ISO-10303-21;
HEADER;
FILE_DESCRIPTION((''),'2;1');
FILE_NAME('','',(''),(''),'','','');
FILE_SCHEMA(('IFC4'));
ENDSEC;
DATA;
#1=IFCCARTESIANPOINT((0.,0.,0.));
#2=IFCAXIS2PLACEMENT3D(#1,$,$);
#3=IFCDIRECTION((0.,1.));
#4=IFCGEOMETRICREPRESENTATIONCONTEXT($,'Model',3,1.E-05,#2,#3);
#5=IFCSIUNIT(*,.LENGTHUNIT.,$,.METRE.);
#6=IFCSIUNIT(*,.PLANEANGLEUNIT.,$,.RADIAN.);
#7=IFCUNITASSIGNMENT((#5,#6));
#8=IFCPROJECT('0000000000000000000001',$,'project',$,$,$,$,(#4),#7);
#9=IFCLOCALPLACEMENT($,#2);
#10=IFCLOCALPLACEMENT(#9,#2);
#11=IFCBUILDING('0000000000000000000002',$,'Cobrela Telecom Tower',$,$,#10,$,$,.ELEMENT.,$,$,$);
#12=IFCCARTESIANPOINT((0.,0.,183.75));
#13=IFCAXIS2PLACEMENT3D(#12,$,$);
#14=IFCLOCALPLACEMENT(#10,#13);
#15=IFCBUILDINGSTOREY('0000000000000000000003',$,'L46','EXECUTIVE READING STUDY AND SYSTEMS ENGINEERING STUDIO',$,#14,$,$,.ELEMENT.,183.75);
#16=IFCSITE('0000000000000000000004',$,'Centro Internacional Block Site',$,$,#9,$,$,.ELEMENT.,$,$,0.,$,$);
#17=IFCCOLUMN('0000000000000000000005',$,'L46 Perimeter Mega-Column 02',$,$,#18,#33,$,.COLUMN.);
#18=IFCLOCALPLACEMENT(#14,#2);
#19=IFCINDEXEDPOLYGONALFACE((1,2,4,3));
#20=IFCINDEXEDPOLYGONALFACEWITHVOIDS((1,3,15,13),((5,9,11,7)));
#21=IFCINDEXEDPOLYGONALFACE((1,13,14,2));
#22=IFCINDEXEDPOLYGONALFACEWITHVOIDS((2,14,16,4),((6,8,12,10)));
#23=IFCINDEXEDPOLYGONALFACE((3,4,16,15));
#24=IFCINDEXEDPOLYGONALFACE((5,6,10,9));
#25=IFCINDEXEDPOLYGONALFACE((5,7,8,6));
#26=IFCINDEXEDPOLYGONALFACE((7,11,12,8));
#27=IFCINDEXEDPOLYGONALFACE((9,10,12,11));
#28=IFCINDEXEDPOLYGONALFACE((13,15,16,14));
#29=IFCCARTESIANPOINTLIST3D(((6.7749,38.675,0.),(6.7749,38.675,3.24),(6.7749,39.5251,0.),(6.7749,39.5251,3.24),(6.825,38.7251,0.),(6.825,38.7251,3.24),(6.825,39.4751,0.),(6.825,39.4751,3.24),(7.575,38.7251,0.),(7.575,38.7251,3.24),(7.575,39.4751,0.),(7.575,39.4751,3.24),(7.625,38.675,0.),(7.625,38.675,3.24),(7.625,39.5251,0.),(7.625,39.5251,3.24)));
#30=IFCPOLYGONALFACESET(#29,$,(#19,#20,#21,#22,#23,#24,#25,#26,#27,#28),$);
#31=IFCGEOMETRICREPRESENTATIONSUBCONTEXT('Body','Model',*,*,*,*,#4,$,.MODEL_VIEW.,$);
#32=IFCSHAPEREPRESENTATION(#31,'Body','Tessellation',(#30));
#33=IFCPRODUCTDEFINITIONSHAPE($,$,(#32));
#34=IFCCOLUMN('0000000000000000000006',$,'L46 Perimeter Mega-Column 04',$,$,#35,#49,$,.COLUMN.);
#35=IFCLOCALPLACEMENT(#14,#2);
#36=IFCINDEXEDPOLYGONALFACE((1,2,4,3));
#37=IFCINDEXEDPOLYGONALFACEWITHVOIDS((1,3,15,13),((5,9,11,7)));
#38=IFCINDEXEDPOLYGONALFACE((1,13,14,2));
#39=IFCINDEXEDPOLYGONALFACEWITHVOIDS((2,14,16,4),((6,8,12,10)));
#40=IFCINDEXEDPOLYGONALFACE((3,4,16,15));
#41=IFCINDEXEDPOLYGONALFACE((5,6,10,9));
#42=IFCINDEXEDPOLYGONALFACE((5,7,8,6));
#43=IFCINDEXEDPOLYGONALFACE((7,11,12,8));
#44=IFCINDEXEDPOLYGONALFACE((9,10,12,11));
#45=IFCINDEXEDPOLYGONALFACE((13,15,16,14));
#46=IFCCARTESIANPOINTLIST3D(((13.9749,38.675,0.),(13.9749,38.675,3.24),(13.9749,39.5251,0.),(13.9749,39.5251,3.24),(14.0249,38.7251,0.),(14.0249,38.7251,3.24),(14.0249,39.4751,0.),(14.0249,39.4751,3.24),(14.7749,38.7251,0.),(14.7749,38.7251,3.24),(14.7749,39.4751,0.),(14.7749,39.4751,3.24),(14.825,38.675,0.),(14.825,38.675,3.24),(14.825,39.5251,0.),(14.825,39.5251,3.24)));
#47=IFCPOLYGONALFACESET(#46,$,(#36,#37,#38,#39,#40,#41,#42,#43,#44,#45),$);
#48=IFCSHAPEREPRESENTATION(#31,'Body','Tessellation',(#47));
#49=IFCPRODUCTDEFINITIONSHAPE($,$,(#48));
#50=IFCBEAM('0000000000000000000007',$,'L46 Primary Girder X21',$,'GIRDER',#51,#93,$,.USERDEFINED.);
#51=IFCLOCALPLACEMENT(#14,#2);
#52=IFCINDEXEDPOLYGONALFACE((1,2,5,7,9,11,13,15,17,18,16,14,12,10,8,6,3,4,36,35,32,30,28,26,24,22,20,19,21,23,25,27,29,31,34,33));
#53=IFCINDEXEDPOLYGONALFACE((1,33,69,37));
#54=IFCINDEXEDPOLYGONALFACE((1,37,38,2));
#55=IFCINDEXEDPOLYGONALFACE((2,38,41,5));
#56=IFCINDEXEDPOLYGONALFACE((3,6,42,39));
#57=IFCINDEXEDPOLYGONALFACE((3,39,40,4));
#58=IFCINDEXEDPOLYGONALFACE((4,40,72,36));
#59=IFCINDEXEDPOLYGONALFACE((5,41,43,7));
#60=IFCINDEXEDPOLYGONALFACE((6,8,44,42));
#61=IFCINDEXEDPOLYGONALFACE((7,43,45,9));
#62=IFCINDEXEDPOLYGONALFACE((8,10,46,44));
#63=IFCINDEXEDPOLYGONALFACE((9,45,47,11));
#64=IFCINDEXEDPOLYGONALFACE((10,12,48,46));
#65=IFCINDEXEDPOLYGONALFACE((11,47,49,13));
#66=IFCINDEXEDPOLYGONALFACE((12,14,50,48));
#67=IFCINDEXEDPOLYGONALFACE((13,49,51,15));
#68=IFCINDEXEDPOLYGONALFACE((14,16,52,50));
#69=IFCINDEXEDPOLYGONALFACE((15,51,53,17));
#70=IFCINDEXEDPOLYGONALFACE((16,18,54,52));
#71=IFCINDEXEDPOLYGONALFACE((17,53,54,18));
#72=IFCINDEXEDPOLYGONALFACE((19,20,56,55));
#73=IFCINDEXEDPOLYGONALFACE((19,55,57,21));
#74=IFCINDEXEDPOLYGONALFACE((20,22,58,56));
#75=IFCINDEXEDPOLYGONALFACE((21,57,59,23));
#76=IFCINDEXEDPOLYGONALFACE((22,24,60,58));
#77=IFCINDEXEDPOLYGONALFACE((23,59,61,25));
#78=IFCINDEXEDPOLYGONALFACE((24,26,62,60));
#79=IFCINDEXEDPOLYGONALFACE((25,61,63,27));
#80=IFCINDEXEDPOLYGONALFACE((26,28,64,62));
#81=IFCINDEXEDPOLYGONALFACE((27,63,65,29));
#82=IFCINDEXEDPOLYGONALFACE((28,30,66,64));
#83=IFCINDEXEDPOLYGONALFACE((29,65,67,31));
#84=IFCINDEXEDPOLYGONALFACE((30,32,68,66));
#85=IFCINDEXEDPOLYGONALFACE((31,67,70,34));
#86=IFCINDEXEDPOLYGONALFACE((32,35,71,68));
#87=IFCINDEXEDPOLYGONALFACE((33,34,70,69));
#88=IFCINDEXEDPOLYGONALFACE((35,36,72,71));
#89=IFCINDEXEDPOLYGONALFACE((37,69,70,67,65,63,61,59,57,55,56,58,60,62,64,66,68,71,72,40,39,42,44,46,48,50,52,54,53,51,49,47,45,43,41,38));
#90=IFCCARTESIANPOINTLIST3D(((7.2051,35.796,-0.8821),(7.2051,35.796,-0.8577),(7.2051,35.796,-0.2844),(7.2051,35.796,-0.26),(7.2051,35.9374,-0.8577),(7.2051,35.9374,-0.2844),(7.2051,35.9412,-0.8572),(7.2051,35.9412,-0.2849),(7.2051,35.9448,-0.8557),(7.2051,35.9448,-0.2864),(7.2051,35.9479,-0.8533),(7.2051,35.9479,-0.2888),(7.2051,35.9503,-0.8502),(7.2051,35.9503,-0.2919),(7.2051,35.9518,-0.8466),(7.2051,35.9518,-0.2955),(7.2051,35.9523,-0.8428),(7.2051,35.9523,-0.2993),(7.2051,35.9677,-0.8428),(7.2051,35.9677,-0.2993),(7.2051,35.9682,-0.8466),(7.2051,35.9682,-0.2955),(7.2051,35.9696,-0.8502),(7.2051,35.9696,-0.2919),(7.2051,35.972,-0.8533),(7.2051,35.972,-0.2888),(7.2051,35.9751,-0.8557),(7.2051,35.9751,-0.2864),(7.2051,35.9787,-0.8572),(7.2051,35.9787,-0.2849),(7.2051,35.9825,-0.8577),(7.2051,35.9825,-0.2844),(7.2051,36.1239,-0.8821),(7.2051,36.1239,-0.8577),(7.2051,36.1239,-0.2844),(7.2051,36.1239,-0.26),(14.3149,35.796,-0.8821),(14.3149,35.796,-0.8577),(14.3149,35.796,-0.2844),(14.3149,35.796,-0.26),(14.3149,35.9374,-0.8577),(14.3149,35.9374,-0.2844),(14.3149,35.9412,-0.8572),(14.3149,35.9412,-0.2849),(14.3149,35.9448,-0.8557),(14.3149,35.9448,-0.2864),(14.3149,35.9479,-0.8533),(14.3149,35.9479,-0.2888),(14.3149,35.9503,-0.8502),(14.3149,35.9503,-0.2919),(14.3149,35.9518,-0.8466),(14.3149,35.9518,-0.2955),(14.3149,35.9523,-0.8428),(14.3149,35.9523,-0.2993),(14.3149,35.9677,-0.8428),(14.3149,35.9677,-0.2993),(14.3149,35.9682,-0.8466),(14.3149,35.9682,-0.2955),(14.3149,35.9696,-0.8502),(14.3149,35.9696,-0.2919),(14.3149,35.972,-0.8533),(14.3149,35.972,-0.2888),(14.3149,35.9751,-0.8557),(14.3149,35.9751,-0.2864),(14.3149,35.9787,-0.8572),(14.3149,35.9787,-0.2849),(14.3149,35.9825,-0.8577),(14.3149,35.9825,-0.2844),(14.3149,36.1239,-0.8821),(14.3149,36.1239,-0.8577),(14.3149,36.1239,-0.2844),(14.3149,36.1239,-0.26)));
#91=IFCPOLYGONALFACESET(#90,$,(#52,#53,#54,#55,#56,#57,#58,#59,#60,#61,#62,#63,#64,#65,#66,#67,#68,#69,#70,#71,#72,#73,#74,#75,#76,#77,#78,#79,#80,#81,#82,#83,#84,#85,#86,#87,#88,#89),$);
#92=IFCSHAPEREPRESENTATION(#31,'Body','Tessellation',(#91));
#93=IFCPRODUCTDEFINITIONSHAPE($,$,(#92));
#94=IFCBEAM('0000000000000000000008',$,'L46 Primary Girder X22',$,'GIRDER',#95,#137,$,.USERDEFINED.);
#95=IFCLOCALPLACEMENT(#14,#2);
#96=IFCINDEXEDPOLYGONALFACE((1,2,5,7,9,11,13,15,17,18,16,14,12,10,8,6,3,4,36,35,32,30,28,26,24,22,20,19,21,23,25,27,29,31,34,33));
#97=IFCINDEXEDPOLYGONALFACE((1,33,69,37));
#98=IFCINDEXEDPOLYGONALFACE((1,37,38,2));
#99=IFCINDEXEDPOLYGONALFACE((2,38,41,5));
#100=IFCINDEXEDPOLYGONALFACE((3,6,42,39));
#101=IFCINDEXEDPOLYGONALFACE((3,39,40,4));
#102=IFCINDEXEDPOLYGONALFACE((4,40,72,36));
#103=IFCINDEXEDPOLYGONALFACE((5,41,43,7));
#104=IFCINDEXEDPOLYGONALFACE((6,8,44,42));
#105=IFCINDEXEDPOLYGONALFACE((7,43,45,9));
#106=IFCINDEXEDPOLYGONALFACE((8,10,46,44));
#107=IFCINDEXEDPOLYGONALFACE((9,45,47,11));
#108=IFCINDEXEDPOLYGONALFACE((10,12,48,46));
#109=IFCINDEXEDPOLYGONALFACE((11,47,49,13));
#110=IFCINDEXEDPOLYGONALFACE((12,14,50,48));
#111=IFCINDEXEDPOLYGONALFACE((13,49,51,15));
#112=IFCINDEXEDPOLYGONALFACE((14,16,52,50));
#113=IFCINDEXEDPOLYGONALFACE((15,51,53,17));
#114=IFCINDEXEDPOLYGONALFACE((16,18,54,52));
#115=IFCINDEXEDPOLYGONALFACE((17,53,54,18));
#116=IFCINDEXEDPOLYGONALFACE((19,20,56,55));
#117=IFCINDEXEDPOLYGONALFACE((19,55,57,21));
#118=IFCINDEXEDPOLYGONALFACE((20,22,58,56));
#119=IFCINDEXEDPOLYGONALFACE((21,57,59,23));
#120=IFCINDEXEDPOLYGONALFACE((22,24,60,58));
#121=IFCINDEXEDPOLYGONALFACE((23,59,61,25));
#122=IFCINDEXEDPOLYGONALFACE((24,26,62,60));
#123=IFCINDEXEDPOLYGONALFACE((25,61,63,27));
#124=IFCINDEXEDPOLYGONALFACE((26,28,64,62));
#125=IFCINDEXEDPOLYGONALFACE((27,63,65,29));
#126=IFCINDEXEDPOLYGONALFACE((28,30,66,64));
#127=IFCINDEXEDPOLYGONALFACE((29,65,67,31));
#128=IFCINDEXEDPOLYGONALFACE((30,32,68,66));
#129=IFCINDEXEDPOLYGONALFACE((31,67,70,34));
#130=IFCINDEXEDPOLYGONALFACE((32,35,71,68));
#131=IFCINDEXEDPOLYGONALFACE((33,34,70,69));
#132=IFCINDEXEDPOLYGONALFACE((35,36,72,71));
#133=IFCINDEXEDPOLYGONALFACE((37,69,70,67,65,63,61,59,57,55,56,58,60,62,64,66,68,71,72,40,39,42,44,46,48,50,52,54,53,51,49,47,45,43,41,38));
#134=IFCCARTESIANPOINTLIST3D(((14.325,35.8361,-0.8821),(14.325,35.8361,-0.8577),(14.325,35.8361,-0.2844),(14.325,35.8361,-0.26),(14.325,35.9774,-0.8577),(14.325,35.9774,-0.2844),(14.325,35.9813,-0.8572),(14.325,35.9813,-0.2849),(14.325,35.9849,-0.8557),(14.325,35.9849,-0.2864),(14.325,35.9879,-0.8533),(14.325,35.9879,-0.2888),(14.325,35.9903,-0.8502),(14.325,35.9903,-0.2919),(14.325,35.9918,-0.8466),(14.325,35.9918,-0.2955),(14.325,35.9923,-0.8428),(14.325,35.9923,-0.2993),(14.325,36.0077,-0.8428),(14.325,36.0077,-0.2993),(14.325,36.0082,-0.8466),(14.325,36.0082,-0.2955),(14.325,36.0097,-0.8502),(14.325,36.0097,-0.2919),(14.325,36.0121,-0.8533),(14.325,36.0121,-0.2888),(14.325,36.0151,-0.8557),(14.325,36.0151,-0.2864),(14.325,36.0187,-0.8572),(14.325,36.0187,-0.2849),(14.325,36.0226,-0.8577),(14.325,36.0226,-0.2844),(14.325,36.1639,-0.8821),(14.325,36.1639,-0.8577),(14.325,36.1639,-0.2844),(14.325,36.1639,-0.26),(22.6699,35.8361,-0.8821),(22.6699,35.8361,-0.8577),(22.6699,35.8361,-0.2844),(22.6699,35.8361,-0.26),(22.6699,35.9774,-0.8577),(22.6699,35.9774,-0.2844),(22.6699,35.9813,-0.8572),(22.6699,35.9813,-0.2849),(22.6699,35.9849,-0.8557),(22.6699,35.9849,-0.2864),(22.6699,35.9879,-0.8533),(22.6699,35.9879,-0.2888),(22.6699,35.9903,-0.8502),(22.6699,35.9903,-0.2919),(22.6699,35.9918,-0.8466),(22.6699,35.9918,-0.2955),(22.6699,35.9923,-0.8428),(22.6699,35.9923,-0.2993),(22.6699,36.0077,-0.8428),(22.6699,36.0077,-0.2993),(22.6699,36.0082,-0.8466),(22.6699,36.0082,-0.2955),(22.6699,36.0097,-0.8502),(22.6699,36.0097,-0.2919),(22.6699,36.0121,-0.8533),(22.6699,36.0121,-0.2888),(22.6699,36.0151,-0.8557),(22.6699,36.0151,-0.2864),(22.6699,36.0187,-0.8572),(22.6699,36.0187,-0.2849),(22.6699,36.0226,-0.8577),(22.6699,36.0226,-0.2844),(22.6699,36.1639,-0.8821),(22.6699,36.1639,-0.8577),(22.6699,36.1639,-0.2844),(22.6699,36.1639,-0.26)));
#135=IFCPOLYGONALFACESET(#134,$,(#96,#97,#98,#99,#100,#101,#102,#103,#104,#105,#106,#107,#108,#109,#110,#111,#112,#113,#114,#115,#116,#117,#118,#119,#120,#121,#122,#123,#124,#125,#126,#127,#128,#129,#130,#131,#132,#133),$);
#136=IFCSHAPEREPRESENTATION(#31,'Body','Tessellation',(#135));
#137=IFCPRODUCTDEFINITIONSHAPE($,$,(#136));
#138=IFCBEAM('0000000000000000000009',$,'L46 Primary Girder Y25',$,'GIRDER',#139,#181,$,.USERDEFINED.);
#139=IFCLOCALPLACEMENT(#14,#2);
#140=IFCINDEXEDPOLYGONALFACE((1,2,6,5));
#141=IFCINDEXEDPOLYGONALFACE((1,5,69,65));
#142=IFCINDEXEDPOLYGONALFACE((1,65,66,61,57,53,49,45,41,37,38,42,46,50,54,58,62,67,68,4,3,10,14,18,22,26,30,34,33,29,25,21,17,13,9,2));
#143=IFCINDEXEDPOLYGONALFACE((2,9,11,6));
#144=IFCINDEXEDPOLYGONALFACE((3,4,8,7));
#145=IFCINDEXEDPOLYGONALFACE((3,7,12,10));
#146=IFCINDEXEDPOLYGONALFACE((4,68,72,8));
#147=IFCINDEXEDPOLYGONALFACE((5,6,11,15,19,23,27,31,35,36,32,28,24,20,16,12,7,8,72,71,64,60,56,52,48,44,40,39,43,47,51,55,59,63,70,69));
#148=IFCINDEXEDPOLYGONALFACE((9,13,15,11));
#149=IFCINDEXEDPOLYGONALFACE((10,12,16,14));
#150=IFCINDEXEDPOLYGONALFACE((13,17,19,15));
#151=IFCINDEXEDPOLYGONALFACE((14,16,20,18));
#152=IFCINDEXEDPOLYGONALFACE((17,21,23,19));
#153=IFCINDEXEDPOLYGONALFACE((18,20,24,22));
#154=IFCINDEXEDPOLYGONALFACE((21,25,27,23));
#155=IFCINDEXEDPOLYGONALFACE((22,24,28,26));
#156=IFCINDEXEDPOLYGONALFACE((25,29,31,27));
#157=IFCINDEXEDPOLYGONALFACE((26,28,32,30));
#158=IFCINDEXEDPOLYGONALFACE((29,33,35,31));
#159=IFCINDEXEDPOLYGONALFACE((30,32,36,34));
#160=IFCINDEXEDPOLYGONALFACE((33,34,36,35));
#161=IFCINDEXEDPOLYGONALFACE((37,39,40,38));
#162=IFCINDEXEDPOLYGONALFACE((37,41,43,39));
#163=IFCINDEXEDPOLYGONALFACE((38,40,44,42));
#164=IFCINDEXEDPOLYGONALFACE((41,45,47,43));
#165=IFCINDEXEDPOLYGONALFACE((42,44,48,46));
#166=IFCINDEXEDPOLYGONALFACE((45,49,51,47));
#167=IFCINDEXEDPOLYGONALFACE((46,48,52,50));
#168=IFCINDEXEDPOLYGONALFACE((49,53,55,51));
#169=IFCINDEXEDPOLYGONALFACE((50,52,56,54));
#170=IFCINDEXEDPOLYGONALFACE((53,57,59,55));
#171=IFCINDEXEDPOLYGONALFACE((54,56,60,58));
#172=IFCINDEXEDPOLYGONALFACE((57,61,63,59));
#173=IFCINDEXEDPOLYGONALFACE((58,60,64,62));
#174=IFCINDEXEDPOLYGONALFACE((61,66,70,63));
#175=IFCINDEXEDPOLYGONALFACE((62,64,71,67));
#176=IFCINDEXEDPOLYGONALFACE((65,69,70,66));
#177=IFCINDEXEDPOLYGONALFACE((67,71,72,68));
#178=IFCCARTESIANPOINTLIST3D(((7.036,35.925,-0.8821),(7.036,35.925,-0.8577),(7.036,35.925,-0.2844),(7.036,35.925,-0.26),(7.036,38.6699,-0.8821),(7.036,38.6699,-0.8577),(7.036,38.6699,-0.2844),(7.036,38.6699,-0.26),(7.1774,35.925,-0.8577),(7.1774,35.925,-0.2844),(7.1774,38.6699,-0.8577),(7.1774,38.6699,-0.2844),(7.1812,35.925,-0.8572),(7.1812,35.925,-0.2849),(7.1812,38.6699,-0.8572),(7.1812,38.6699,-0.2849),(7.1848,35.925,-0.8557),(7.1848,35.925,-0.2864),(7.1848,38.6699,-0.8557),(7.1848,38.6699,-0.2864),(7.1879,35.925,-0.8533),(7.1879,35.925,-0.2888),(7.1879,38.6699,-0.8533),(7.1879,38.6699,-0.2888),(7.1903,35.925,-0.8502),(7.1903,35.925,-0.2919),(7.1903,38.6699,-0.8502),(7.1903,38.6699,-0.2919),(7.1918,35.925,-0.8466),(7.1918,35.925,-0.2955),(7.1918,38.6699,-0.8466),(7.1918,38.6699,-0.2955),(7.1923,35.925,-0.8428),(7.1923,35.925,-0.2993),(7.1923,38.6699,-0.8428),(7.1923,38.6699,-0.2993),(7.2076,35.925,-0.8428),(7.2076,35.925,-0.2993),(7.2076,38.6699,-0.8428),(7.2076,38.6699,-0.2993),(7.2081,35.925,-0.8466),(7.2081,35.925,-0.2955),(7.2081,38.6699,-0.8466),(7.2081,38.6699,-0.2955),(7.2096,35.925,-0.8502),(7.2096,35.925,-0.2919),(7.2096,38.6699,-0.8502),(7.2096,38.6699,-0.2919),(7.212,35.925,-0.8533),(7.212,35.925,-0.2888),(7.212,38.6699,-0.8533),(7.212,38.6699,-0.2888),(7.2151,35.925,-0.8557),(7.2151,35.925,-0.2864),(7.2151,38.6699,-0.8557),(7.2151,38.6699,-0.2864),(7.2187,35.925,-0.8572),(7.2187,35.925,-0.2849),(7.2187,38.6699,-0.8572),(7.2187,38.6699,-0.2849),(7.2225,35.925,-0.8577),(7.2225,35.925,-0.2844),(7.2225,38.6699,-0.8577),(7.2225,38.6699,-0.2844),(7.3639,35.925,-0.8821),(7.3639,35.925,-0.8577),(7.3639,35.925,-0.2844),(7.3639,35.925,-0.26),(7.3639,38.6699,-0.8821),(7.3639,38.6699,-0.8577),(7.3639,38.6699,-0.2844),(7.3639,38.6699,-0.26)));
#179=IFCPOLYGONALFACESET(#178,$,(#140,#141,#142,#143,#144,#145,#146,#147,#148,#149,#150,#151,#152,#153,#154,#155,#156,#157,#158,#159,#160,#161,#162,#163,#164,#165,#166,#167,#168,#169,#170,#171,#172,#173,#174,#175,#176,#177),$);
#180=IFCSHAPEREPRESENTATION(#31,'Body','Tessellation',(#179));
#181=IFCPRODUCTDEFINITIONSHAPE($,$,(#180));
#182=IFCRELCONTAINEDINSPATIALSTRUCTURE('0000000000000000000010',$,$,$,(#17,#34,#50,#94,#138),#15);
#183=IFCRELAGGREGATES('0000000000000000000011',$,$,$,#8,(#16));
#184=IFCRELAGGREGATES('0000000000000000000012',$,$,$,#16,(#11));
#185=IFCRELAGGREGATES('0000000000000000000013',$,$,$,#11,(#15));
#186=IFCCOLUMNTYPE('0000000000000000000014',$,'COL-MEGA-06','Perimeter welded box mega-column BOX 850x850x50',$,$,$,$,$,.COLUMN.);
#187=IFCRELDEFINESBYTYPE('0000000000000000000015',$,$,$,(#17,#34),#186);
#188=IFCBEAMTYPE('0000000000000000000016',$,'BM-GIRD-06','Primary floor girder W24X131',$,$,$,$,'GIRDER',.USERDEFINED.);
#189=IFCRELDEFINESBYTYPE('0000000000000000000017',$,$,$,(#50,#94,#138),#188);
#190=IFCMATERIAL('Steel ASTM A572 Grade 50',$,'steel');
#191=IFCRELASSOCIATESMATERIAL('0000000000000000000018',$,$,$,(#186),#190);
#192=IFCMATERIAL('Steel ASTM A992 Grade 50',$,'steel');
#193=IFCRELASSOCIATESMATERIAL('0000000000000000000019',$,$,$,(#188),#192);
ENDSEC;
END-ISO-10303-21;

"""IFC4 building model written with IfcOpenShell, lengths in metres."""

from ifc_helpers import new_model, si_unit, direction, frame, origin, origin_2d, place, context, subcontext, project, spatial, hollow_rectangle, i_section, extrude, material, material_profile, profile_set, type_object, element, save


model = new_model("IFC4")

# Units and contexts
model_context = context("Model", 3, precision=1e-05, world=origin(), true_north=direction((0.0, 1.0)))
body_context = subcontext(model_context, "Body", "Model", "MODEL_VIEW")
ifc_project = project(units=[si_unit("LENGTHUNIT", "METRE"), si_unit("PLANEANGLEUNIT", "RADIAN")], contexts=[model_context])

# Site, building, storey
site_placement = place(None, origin())
site = spatial("IfcSite", under=ifc_project, at=site_placement, Name="Centro Internacional Block Site", CompositionType="ELEMENT", RefElevation=0.0)
building_placement = place(site_placement, origin())
building = spatial("IfcBuilding", under=site, at=building_placement, Name="Cobrela Telecom Tower", CompositionType="ELEMENT")
storey_placement = place(building_placement, frame((0.0, 0.0, 183.75)))
storey = spatial("IfcBuildingStorey", under=building, at=storey_placement, Name="L46", Description="EXECUTIVE READING STUDY AND SYSTEMS ENGINEERING STUDIO", CompositionType="ELEMENT", Elevation=183.75)

# Columns
ifc_material_1 = material(Name="Steel ASTM A572 Grade 50", Category="steel")
ifc_material_profile_1 = material_profile(ifc_material_1, hollow_rectangle(XDim=0.8501, YDim=0.8501, WallThickness=0.05, at=origin_2d()), Name="BOX 850x850x50")
ifc_profile_set_1 = profile_set([ifc_material_profile_1], Name="Steel ASTM A572 Grade 50")
column_type = type_object("IfcColumnType", Name="COL-MEGA-06", Description="Perimeter welded box mega-column BOX 850x850x50", PredefinedType="COLUMN", material=ifc_profile_set_1)
for number, where, z_axis, x_axis, name in (
    (1, (7.2, 39.1001, 0.0), (0.0, 0.0, 1.0), (1.0, 0.0, 0.0), "L46 Perimeter Mega-Column 02"),
    (2, (14.3999, 39.1001, 0.0), (0.0, 0.0, 1.0), (1.0, 0.0, 0.0), "L46 Perimeter Mega-Column 04"),
):
    element("IfcColumn", number, at=place(storey_placement, frame(where, z_axis=z_axis, x_axis=x_axis)), inside=storey, type_object=column_type, Name=name, PredefinedType="COLUMN", context=body_context, shape_type="SweptSolid", body=[
        extrude(hollow_rectangle(XDim=0.8501, YDim=0.8501, WallThickness=0.05, at=origin_2d()), origin(), (0.0, 0.0, 1.0), 3.24),
    ])

# Beams
ifc_material_2 = material(Name="Steel ASTM A992 Grade 50", Category="steel")
ifc_material_profile_2 = material_profile(ifc_material_2, i_section(OverallWidth=0.3279, OverallDepth=0.6221, WebThickness=0.0154, FlangeThickness=0.0244, FilletRadius=0.0149, at=origin_2d()), Name="W24X131")
ifc_profile_set_2 = profile_set([ifc_material_profile_2], Name="Steel ASTM A992 Grade 50")
beam_type_1 = type_object("IfcBeamType", Name="BM-GIRD-06", Description="Primary floor girder W24X131", ElementType="GIRDER", PredefinedType="USERDEFINED", material=ifc_profile_set_2)
beam_1_placement = place(storey_placement, frame((7.2051, 35.96, -0.571), z_axis=(1.0, 0.0, 0.0), x_axis=(0.0, 1.0, 0.0)))
element("IfcBeam", 3, at=beam_1_placement, inside=storey, type_object=beam_type_1, Name="L46 Primary Girder X21", ObjectType="GIRDER", PredefinedType="USERDEFINED", context=body_context, shape_type="SweptSolid", body=[
    extrude(i_section(OverallWidth=0.3279, OverallDepth=0.6221, WebThickness=0.0154, FlangeThickness=0.0244, FilletRadius=0.0149, at=origin_2d()), origin(), (0.0, 0.0, 1.0), 7.1099),
])
beam_2_placement = place(storey_placement, frame((14.325, 36.0, -0.571), z_axis=(1.0, 0.0, 0.0), x_axis=(0.0, 1.0, 0.0)))
element("IfcBeam", 4, at=beam_2_placement, inside=storey, type_object=beam_type_1, Name="L46 Primary Girder X22", ObjectType="GIRDER", PredefinedType="USERDEFINED", context=body_context, shape_type="SweptSolid", body=[
    extrude(i_section(OverallWidth=0.3279, OverallDepth=0.6221, WebThickness=0.0154, FlangeThickness=0.0244, FilletRadius=0.0149, at=origin_2d()), origin(), (0.0, 0.0, 1.0), 8.345),
])
for number, where, z_axis, x_axis, name in (
    (5, (7.2, 35.925, -0.571), (0.0, 1.0, 0.0), (-1.0, 0.0, 0.0), "L46 Primary Girder Y25"),
):
    element("IfcBeam", number, at=place(storey_placement, frame(where, z_axis=z_axis, x_axis=x_axis)), inside=storey, type_object=beam_type_1, Name=name, ObjectType="GIRDER", PredefinedType="USERDEFINED", context=body_context, shape_type="SweptSolid", body=[
        extrude(i_section(OverallWidth=0.3279, OverallDepth=0.6221, WebThickness=0.0154, FlangeThickness=0.0244, FilletRadius=0.0149, at=origin_2d()), origin(), (0.0, 0.0, 1.0), 2.7449),
    ])

save(model, "model.ifc")
